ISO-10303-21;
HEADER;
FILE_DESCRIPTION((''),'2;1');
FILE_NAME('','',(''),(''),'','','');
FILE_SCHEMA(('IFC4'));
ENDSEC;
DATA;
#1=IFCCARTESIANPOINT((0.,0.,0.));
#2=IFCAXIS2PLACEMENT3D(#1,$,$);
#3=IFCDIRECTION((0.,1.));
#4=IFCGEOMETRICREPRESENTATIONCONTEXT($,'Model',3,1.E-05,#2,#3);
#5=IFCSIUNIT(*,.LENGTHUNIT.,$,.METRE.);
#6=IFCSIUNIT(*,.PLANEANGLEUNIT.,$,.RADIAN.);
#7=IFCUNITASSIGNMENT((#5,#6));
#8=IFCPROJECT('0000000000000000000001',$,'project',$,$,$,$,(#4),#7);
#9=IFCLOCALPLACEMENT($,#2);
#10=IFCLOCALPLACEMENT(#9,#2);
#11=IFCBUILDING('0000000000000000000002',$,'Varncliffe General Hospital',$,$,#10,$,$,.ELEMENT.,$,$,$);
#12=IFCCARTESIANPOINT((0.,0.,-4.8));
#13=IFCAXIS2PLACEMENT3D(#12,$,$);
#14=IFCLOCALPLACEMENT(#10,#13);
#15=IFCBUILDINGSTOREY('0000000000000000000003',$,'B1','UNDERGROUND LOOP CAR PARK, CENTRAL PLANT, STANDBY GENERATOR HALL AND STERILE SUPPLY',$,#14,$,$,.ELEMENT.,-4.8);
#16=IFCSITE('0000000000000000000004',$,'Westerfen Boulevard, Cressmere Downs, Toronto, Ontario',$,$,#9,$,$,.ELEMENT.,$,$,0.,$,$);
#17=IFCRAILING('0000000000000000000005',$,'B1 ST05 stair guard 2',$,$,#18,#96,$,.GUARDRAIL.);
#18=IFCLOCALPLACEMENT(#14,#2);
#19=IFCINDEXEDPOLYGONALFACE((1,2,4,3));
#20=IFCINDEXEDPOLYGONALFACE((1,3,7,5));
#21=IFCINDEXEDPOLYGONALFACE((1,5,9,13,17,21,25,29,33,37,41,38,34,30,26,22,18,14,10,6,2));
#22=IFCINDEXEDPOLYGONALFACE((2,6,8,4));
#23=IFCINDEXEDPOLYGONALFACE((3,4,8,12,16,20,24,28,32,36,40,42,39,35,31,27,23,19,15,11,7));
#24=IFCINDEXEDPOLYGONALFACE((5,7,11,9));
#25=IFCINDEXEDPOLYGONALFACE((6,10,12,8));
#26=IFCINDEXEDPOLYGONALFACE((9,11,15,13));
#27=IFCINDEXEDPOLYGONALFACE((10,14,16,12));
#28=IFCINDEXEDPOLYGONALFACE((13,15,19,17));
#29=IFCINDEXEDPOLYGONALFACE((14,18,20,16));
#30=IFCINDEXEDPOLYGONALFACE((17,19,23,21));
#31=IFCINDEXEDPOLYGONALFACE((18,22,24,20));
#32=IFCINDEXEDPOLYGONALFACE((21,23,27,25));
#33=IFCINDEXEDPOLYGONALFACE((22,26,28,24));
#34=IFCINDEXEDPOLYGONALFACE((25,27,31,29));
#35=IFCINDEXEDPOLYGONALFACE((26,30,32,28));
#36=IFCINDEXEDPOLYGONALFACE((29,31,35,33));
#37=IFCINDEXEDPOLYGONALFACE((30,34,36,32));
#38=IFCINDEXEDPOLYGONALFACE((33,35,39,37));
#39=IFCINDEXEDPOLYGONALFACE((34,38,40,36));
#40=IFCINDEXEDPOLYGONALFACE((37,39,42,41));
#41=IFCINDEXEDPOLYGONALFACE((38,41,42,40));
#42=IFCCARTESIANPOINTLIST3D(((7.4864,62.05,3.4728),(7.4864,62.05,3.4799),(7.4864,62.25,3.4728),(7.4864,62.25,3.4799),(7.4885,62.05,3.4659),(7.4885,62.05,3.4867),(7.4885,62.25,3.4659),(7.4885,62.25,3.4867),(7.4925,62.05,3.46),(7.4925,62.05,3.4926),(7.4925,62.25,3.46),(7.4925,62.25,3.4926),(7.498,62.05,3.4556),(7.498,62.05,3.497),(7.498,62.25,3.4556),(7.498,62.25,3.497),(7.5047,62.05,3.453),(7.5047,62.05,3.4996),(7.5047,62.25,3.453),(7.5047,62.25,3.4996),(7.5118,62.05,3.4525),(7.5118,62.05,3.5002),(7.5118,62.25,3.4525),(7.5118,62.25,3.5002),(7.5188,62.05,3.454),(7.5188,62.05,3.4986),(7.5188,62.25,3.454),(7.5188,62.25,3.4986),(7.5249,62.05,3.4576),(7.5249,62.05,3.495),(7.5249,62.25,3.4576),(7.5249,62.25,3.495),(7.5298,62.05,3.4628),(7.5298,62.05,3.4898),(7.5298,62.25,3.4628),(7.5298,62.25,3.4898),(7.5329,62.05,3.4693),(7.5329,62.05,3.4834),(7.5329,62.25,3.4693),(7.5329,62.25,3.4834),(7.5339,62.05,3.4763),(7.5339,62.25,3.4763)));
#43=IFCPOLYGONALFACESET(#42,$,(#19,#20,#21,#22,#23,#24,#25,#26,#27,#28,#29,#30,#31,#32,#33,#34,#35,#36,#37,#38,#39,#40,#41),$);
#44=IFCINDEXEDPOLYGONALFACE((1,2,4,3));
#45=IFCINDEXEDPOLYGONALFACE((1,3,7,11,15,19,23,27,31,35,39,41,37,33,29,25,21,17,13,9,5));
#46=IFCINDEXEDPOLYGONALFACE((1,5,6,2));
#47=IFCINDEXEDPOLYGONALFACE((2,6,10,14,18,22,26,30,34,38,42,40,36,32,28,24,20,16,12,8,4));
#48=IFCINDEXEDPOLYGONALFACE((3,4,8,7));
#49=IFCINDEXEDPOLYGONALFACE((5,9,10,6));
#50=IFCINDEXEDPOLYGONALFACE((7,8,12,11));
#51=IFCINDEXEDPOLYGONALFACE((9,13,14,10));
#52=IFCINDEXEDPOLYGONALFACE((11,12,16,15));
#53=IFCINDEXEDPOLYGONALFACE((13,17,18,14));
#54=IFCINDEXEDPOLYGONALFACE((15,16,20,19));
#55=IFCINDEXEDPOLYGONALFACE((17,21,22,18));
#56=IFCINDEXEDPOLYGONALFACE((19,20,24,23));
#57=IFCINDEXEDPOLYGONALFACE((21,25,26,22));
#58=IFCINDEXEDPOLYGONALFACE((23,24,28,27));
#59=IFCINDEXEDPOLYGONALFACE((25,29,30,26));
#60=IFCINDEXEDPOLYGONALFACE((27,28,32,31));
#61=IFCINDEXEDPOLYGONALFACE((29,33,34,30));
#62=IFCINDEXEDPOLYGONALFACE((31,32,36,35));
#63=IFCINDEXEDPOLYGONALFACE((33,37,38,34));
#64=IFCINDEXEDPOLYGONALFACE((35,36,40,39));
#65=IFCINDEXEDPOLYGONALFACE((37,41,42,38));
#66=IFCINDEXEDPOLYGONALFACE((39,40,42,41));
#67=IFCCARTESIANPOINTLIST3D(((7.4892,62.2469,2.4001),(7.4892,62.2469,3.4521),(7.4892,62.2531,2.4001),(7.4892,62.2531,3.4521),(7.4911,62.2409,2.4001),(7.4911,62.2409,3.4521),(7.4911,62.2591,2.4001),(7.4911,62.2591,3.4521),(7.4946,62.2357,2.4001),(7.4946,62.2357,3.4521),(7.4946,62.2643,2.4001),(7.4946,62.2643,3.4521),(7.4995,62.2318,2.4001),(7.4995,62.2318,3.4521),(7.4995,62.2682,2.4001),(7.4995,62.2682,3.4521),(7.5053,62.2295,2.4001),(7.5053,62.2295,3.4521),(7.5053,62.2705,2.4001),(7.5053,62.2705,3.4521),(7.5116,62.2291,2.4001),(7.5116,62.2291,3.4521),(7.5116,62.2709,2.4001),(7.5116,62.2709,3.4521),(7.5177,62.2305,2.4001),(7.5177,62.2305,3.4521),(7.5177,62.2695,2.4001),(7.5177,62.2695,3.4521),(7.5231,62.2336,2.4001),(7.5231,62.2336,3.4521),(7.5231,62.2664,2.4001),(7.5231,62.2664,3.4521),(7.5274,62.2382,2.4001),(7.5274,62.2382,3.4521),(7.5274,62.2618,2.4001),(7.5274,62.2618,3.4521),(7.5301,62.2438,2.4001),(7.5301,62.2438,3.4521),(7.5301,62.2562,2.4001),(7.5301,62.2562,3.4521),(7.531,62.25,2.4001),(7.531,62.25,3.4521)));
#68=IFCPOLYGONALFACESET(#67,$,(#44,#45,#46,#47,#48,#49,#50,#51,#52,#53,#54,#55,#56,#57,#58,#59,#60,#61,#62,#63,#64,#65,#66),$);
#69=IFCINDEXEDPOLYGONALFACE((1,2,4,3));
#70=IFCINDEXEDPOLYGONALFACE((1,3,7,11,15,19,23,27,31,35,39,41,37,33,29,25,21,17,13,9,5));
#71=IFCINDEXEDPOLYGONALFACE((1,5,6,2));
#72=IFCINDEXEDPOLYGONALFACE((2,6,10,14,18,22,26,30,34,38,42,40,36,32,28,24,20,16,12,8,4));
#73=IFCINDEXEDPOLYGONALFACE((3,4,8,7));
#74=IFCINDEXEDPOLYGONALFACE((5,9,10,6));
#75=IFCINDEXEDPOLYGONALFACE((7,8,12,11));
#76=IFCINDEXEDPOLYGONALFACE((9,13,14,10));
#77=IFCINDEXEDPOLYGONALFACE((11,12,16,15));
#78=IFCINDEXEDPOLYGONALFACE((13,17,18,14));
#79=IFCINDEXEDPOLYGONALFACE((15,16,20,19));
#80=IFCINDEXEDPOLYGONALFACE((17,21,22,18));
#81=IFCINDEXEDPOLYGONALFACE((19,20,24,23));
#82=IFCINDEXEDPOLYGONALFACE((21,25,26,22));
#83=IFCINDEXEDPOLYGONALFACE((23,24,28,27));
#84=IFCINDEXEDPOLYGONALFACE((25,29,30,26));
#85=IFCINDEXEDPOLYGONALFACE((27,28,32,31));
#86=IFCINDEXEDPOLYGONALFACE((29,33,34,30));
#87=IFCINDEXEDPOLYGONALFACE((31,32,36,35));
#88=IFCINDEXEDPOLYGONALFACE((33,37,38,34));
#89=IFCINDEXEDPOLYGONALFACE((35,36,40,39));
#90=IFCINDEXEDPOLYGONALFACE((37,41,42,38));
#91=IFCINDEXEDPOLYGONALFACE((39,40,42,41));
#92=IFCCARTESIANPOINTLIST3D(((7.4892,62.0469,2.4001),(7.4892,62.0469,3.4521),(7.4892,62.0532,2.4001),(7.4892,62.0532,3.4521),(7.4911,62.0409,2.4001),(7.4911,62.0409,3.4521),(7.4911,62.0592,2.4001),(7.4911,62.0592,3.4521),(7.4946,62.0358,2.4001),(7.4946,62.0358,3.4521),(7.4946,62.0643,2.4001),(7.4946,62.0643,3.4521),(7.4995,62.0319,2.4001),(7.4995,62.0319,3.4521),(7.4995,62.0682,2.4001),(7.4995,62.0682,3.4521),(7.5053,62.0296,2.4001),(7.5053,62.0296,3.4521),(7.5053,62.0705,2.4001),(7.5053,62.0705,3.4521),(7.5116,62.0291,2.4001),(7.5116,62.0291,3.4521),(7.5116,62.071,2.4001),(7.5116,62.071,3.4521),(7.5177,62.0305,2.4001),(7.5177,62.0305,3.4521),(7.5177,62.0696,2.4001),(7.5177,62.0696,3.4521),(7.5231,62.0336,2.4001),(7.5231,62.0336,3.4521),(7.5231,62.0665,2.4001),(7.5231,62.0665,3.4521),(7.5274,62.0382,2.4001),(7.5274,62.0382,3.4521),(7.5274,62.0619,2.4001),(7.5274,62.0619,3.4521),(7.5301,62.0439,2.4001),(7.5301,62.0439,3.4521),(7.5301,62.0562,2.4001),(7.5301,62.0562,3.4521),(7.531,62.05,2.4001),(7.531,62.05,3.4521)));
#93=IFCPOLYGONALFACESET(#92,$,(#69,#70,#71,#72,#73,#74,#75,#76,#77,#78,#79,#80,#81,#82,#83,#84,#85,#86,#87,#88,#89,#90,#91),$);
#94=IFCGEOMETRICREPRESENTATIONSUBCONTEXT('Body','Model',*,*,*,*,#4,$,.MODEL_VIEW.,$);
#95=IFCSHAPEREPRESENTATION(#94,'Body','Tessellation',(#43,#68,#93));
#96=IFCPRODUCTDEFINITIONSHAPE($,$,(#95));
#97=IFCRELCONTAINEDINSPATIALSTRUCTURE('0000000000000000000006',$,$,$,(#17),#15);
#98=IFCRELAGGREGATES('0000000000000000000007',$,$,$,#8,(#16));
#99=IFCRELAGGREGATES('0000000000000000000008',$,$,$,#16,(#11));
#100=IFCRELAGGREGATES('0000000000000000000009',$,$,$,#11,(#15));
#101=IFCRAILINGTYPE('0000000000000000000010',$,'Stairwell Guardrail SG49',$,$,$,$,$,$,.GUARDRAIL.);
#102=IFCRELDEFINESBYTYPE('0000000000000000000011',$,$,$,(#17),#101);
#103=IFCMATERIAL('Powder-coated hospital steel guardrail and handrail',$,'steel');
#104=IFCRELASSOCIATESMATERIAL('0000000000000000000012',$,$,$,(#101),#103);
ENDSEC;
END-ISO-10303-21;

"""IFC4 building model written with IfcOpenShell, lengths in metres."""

from ifc_helpers import new_model, si_unit, direction, frame, origin, origin_2d, place, context, subcontext, project, spatial, circle, extrude, material, type_object, element, save


model = new_model("IFC4")

# Units and contexts
model_context = context("Model", 3, precision=1e-05, world=origin(), true_north=direction((0.0, 1.0)))
body_context = subcontext(model_context, "Body", "Model", "MODEL_VIEW")
ifc_project = project(units=[si_unit("LENGTHUNIT", "METRE"), si_unit("PLANEANGLEUNIT", "RADIAN")], contexts=[model_context])

# Site, building, storey
site_placement = place(None, origin())
site = spatial("IfcSite", under=ifc_project, at=site_placement, Name="Westerfen Boulevard, Cressmere Downs, Toronto, Ontario", CompositionType="ELEMENT", RefElevation=0.0)
building_placement = place(site_placement, origin())
building = spatial("IfcBuilding", under=site, at=building_placement, Name="Varncliffe General Hospital", CompositionType="ELEMENT")
storey_placement = place(building_placement, frame((0.0, 0.0, -4.8)))
storey = spatial("IfcBuildingStorey", under=building, at=storey_placement, Name="B1", Description="UNDERGROUND LOOP CAR PARK, CENTRAL PLANT, STANDBY GENERATOR HALL AND STERILE SUPPLY", CompositionType="ELEMENT", Elevation=-4.8)

# Railing
ifc_material_1 = material(Name="Powder-coated hospital steel guardrail and handrail", Category="steel")
railing_type_1 = type_object("IfcRailingType", Name="Stairwell Guardrail SG49", PredefinedType="GUARDRAIL", material=ifc_material_1)
railing_1_placement = place(storey_placement, frame((7.51, 62.25, 2.4001)))
element("IfcRailing", 1, at=railing_1_placement, inside=storey, type_object=railing_type_1, Name="B1 ST05 stair guard 2", PredefinedType="GUARDRAIL", context=body_context, shape_type="SweptSolid", body=[
    extrude(circle(Radius=0.0239, at=origin_2d()), frame((0.0, 0.0, 1.0762), z_axis=(0.0, -1.0, 0.0), x_axis=(1.0, 0.0, 0.0)), (0.0, 0.0, 1.0), 0.2),
    extrude(circle(Radius=0.021, at=origin_2d()), origin(), (0.0, 0.0, 1.0), 1.052),
    extrude(circle(Radius=0.021, at=origin_2d()), frame((0.0, -0.2, 0.0)), (0.0, 0.0, 1.0), 1.052),
])

save(model, "model.ifc")
